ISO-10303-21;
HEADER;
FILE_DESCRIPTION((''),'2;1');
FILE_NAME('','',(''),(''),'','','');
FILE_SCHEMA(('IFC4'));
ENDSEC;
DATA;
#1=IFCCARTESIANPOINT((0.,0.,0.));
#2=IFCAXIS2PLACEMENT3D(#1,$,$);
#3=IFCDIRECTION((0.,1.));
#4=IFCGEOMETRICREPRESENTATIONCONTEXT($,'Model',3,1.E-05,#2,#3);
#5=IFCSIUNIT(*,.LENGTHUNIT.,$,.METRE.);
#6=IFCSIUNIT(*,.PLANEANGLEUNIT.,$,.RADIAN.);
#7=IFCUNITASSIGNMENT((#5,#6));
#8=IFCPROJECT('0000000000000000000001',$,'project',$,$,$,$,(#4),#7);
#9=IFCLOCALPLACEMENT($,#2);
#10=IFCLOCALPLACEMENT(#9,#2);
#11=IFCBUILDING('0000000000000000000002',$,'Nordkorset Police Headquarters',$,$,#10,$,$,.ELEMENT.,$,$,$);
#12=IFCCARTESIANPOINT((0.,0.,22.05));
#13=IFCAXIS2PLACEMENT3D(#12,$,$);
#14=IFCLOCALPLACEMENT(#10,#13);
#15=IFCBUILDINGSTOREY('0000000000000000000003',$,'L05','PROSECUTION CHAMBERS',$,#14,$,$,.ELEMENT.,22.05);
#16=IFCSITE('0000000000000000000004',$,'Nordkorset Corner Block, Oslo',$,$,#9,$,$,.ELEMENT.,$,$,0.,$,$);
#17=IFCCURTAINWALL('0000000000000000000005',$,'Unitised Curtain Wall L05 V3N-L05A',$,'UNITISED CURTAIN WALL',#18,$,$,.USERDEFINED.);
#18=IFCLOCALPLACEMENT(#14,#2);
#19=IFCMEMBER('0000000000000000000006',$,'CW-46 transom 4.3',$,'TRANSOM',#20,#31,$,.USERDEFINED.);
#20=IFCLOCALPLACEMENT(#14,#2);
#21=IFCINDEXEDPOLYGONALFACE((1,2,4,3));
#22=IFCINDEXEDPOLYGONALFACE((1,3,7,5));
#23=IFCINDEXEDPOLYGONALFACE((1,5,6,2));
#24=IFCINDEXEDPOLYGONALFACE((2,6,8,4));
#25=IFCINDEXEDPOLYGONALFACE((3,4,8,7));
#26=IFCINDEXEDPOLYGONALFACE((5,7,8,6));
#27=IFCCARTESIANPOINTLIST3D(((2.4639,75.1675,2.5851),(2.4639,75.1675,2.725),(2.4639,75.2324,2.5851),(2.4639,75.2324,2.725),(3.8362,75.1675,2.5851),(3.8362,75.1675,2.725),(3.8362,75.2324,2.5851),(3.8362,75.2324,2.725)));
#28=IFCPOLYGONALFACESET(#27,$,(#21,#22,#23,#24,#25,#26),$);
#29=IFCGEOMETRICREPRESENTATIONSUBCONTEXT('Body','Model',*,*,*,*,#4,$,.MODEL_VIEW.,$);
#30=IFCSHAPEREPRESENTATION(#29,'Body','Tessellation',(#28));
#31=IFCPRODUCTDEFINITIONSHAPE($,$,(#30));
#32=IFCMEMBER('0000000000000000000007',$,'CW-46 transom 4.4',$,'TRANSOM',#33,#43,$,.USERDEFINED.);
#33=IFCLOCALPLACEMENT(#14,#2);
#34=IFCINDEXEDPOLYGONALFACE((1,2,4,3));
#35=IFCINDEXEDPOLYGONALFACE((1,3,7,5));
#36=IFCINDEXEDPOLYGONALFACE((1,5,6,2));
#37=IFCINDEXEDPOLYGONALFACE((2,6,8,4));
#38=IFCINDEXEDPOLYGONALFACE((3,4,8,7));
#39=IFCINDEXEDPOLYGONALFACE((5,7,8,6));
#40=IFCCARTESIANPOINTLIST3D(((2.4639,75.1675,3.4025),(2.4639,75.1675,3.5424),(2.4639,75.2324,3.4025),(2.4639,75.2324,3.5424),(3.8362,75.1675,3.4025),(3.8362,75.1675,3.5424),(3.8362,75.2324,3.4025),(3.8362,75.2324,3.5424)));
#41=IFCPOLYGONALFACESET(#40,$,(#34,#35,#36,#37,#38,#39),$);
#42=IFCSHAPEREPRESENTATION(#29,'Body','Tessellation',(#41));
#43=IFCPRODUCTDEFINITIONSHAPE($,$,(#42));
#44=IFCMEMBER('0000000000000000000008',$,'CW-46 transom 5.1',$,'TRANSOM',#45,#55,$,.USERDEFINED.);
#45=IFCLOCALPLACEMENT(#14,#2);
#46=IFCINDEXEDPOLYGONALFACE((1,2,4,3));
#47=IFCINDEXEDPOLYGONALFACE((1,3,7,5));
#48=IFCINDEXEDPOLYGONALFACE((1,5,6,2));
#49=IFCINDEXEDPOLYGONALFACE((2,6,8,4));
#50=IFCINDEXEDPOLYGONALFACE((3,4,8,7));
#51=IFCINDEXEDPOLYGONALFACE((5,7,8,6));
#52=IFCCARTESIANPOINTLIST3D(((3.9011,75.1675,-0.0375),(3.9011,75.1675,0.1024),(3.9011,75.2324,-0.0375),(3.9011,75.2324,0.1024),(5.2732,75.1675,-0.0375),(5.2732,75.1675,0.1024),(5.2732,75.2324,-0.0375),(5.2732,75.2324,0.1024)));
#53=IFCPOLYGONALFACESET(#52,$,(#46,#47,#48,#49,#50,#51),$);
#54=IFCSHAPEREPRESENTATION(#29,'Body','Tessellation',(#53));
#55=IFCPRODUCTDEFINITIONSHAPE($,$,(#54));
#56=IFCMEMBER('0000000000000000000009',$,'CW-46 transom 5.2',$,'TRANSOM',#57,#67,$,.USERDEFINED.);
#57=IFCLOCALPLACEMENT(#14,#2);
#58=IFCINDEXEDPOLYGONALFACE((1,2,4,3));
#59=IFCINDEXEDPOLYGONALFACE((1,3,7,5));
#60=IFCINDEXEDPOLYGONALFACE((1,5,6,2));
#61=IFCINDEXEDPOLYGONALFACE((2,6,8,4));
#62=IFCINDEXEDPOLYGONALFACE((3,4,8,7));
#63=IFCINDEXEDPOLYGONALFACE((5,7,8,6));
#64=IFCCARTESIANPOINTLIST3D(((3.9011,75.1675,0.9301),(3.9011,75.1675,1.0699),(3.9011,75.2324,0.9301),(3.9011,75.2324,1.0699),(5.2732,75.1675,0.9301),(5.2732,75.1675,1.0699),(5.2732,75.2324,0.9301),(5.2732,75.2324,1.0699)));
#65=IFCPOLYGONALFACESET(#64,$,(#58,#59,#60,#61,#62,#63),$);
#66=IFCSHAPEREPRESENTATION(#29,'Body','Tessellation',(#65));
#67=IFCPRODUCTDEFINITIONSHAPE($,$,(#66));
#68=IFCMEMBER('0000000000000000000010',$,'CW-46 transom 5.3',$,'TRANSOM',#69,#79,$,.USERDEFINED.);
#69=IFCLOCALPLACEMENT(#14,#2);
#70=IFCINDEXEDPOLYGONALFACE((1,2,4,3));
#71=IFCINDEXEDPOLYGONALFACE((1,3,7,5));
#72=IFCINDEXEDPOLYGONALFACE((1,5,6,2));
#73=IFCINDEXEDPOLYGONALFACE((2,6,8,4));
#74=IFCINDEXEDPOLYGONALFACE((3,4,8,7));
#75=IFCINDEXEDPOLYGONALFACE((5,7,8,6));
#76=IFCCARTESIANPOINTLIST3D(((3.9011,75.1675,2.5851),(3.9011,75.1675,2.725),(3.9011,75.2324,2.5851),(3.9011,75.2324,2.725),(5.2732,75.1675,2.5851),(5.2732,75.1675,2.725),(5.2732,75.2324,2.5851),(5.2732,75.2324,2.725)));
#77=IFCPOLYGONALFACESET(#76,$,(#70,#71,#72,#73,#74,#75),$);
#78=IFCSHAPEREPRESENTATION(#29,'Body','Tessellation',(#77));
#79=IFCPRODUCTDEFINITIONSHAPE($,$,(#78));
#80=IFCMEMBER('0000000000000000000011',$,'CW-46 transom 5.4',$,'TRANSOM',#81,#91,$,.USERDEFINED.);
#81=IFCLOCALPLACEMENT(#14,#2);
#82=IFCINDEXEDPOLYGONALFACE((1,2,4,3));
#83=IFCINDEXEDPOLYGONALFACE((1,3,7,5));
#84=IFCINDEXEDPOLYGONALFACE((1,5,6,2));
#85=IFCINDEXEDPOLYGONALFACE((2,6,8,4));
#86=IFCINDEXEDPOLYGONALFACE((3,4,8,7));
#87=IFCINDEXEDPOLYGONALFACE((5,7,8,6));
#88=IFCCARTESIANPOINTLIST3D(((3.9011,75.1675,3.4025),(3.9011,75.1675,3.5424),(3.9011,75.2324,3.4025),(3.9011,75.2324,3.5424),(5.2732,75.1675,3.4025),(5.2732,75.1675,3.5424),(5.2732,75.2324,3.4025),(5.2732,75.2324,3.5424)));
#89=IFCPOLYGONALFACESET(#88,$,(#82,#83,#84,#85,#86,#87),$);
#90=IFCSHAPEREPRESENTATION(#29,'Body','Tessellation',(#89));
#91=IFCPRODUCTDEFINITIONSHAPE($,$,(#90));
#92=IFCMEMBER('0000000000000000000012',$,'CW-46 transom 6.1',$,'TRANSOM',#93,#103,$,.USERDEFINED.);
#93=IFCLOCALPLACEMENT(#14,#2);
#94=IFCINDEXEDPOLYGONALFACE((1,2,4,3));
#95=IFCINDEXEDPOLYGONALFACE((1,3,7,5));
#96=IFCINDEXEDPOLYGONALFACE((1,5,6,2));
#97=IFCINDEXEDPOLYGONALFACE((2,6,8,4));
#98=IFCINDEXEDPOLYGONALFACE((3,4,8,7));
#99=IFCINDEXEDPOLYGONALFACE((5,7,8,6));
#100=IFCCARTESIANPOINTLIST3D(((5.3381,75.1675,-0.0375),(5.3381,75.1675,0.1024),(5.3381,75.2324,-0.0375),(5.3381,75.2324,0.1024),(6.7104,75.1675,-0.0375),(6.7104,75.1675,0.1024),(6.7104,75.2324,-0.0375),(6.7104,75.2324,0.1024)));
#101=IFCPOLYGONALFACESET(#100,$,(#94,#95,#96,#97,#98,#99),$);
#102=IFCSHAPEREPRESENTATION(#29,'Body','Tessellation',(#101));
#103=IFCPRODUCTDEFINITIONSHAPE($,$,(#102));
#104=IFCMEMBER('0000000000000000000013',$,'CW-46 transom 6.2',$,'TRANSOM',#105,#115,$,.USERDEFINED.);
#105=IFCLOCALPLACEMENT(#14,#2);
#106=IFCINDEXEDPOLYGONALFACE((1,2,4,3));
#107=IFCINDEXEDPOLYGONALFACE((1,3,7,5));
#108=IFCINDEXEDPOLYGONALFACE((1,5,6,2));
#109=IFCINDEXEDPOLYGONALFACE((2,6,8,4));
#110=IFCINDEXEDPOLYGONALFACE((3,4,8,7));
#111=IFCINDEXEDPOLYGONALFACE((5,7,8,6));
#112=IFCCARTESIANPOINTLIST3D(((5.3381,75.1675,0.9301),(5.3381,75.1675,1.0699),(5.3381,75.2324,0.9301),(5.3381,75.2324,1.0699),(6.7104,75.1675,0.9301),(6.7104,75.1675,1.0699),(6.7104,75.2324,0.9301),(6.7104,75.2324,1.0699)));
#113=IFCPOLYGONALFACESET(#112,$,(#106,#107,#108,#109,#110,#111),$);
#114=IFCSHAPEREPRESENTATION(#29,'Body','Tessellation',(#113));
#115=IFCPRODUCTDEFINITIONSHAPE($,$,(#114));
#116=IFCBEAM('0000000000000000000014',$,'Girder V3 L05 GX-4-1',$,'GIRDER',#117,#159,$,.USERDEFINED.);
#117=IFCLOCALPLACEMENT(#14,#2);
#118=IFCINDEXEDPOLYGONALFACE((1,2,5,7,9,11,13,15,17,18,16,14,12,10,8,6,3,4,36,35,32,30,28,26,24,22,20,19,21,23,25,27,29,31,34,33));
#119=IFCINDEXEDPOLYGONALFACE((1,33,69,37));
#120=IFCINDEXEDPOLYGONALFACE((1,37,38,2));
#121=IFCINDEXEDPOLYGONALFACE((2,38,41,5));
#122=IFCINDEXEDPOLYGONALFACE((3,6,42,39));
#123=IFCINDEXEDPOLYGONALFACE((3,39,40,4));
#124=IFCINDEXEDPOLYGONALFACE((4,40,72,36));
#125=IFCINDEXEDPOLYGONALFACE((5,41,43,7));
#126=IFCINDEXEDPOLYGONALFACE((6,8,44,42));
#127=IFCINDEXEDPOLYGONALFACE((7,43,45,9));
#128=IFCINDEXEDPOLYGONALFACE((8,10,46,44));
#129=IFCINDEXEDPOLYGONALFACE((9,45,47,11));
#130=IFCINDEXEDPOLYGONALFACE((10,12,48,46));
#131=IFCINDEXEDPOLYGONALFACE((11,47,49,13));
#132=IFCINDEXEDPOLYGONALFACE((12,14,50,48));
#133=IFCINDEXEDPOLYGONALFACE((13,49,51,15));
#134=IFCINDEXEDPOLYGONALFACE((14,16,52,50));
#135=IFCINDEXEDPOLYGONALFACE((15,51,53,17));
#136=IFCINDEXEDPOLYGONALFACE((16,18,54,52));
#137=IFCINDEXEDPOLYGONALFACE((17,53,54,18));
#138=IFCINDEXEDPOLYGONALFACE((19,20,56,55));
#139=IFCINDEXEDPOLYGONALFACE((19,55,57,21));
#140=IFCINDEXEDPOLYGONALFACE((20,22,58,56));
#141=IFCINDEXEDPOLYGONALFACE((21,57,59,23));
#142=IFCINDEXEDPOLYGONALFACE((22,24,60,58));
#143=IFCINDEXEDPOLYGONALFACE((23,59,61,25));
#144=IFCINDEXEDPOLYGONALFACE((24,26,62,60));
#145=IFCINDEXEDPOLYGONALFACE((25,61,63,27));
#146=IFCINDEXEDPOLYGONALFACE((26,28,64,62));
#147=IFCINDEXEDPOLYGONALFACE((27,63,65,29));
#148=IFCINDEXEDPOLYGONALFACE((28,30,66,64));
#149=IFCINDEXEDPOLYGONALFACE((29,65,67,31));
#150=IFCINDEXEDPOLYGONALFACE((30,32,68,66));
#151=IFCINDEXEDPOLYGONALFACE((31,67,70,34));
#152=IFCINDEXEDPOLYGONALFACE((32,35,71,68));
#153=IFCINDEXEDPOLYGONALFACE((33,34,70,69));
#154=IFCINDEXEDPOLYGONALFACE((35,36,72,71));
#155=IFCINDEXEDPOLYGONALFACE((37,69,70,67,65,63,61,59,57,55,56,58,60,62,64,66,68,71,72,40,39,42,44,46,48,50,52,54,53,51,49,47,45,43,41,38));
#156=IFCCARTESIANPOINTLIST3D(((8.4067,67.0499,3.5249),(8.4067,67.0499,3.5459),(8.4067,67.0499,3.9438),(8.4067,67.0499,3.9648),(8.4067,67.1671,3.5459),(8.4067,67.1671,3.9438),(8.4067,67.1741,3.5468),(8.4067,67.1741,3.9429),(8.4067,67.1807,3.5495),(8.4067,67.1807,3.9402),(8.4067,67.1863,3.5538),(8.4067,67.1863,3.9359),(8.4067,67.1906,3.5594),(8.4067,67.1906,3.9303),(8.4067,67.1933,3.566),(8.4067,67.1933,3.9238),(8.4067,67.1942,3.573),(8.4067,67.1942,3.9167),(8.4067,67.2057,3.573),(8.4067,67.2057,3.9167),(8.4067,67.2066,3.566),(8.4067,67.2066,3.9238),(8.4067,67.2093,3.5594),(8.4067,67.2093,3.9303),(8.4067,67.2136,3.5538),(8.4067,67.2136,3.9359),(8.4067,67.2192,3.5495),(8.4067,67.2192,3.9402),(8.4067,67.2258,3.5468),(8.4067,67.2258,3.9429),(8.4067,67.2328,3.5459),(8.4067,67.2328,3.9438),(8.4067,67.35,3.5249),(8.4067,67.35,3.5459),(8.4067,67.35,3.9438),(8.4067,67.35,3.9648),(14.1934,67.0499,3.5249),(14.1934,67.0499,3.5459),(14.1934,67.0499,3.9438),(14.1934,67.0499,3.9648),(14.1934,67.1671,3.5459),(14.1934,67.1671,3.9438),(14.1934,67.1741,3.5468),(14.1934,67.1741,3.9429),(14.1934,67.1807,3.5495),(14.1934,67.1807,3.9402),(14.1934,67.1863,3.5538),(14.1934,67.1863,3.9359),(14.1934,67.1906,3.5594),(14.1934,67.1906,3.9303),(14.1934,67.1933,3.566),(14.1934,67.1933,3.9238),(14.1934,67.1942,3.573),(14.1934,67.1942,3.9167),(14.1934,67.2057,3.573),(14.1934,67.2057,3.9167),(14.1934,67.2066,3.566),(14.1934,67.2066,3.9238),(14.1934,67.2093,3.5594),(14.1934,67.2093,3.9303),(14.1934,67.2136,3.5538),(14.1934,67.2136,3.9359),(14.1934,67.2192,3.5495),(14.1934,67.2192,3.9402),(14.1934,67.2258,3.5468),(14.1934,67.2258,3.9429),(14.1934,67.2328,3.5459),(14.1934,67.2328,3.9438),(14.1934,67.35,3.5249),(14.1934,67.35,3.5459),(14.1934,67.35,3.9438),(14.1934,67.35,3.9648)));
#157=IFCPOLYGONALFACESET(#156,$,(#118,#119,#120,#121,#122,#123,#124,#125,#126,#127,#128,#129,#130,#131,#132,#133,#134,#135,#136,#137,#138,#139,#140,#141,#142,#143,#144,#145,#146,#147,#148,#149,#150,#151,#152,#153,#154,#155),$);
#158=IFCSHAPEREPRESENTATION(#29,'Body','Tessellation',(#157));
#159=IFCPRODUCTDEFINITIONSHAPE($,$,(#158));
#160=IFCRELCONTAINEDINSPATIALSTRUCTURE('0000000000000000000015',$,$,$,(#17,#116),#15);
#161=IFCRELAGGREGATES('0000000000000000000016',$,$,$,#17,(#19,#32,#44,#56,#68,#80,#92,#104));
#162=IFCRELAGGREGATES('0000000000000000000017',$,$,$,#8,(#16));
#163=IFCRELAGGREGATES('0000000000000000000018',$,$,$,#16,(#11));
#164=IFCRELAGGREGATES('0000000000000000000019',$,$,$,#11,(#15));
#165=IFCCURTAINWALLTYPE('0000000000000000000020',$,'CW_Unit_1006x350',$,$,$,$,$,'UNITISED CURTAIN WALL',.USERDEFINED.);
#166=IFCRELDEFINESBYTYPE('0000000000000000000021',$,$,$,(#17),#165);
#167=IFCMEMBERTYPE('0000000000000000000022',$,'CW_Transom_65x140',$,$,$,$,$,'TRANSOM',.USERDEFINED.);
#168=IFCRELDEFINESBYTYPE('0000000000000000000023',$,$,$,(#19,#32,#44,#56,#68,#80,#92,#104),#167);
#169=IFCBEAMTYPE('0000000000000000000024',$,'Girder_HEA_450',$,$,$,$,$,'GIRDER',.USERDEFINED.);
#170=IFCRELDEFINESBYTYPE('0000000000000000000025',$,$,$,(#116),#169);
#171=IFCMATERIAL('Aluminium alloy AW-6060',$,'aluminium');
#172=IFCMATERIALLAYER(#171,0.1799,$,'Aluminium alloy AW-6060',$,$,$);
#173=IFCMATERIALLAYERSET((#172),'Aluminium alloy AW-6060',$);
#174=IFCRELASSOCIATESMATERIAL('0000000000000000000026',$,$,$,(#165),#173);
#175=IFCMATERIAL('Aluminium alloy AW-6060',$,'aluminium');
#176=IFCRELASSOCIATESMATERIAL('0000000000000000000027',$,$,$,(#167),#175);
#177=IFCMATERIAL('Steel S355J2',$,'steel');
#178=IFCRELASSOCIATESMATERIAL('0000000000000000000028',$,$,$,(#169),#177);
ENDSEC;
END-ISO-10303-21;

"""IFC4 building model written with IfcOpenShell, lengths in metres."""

from ifc_helpers import new_model, si_unit, direction, frame, origin, origin_2d, place, context, subcontext, project, spatial, rectangle, i_section, extrude, material, layer, layer_set, material_profile, profile_set, type_object, element, aggregate, save


model = new_model("IFC4")

# Units and contexts
model_context = context("Model", 3, precision=1e-05, world=origin(), true_north=direction((0.0, 1.0)))
body_context = subcontext(model_context, "Body", "Model", "MODEL_VIEW")
ifc_project = project(units=[si_unit("LENGTHUNIT", "METRE"), si_unit("PLANEANGLEUNIT", "RADIAN")], contexts=[model_context])

# Site, building, storey
site_placement = place(None, origin())
site = spatial("IfcSite", under=ifc_project, at=site_placement, Name="Nordkorset Corner Block, Oslo", CompositionType="ELEMENT", RefElevation=0.0)
building_placement = place(site_placement, origin())
building = spatial("IfcBuilding", under=site, at=building_placement, Name="Nordkorset Police Headquarters", CompositionType="ELEMENT")
storey_placement = place(building_placement, frame((0.0, 0.0, 22.05)))
storey = spatial("IfcBuildingStorey", under=building, at=storey_placement, Name="L05", Description="PROSECUTION CHAMBERS", CompositionType="ELEMENT", Elevation=22.05)

# Curtain wall
ifc_material_1 = material(Name="Aluminium alloy AW-6060", Category="aluminium")
ifc_layer_1 = layer(ifc_material_1, 0.1799, Name="Aluminium alloy AW-6060")
ifc_layer_set_1 = layer_set([ifc_layer_1], Name="Aluminium alloy AW-6060")
curtain_wall_type_1 = type_object("IfcCurtainWallType", Name="CW_Unit_1006x350", ElementType="UNITISED CURTAIN WALL", PredefinedType="USERDEFINED", material=ifc_layer_set_1)
curtain_wall_1_placement = place(storey_placement, origin())
curtain_wall_1 = element("IfcCurtainWall", 1, at=curtain_wall_1_placement, inside=storey, type_object=curtain_wall_type_1, Name="Unitised Curtain Wall L05 V3N-L05A", ObjectType="UNITISED CURTAIN WALL", PredefinedType="USERDEFINED")

# Members
ifc_material_2 = material(Name="Aluminium alloy AW-6060", Category="aluminium")
ifc_material_profile_1 = material_profile(ifc_material_2, rectangle(XDim=0.0649, YDim=0.1399, at=origin_2d()), Name="ALU TRAN 65x140")
ifc_profile_set_1 = profile_set([ifc_material_profile_1], Name="Aluminium alloy AW-6060")
member_type_1 = type_object("IfcMemberType", Name="CW_Transom_65x140", ElementType="TRANSOM", PredefinedType="USERDEFINED", material=ifc_profile_set_1)
member_1_placement = place(storey_placement, frame((2.4639, 75.2, 2.655), z_axis=(1.0, 0.0, 0.0), x_axis=(0.0, 1.0, 0.0)))
member_1 = element("IfcMember", 2, at=member_1_placement, type_object=member_type_1, Name="CW-46 transom 4.3", ObjectType="TRANSOM", PredefinedType="USERDEFINED", context=body_context, shape_type="SweptSolid", body=[
    extrude(rectangle(XDim=0.0649, YDim=0.1399, at=origin_2d()), origin(), (0.0, 0.0, 1.0), 1.3723),
])
member_2_placement = place(storey_placement, frame((2.4639, 75.2, 3.4724), z_axis=(1.0, 0.0, 0.0), x_axis=(0.0, 1.0, 0.0)))
member_2 = element("IfcMember", 3, at=member_2_placement, type_object=member_type_1, Name="CW-46 transom 4.4", ObjectType="TRANSOM", PredefinedType="USERDEFINED", context=body_context, shape_type="SweptSolid", body=[
    extrude(rectangle(XDim=0.0649, YDim=0.1399, at=origin_2d()), origin(), (0.0, 0.0, 1.0), 1.3723),
])
member_3_placement = place(storey_placement, frame((3.9011, 75.2, 0.0325), z_axis=(1.0, 0.0, 0.0), x_axis=(0.0, 1.0, 0.0)))
member_3 = element("IfcMember", 4, at=member_3_placement, type_object=member_type_1, Name="CW-46 transom 5.1", ObjectType="TRANSOM", PredefinedType="USERDEFINED", context=body_context, shape_type="SweptSolid", body=[
    extrude(rectangle(XDim=0.0649, YDim=0.1399, at=origin_2d()), origin(), (0.0, 0.0, 1.0), 1.3721),
])
member_4_placement = place(storey_placement, frame((3.9011, 75.2, 1.0), z_axis=(1.0, 0.0, 0.0), x_axis=(0.0, 1.0, 0.0)))
member_4 = element("IfcMember", 5, at=member_4_placement, type_object=member_type_1, Name="CW-46 transom 5.2", ObjectType="TRANSOM", PredefinedType="USERDEFINED", context=body_context, shape_type="SweptSolid", body=[
    extrude(rectangle(XDim=0.0649, YDim=0.1399, at=origin_2d()), origin(), (0.0, 0.0, 1.0), 1.3721),
])
member_5_placement = place(storey_placement, frame((3.9011, 75.2, 2.655), z_axis=(1.0, 0.0, 0.0), x_axis=(0.0, 1.0, 0.0)))
member_5 = element("IfcMember", 6, at=member_5_placement, type_object=member_type_1, Name="CW-46 transom 5.3", ObjectType="TRANSOM", PredefinedType="USERDEFINED", context=body_context, shape_type="SweptSolid", body=[
    extrude(rectangle(XDim=0.0649, YDim=0.1399, at=origin_2d()), origin(), (0.0, 0.0, 1.0), 1.3721),
])
member_6_placement = place(storey_placement, frame((3.9011, 75.2, 3.4724), z_axis=(1.0, 0.0, 0.0), x_axis=(0.0, 1.0, 0.0)))
member_6 = element("IfcMember", 7, at=member_6_placement, type_object=member_type_1, Name="CW-46 transom 5.4", ObjectType="TRANSOM", PredefinedType="USERDEFINED", context=body_context, shape_type="SweptSolid", body=[
    extrude(rectangle(XDim=0.0649, YDim=0.1399, at=origin_2d()), origin(), (0.0, 0.0, 1.0), 1.3721),
])
member_7_placement = place(storey_placement, frame((5.3381, 75.2, 0.0325), z_axis=(1.0, 0.0, 0.0), x_axis=(0.0, 1.0, 0.0)))
member_7 = element("IfcMember", 8, at=member_7_placement, type_object=member_type_1, Name="CW-46 transom 6.1", ObjectType="TRANSOM", PredefinedType="USERDEFINED", context=body_context, shape_type="SweptSolid", body=[
    extrude(rectangle(XDim=0.0649, YDim=0.1399, at=origin_2d()), origin(), (0.0, 0.0, 1.0), 1.3723),
])
member_8_placement = place(storey_placement, frame((5.3381, 75.2, 1.0), z_axis=(1.0, 0.0, 0.0), x_axis=(0.0, 1.0, 0.0)))
member_8 = element("IfcMember", 9, at=member_8_placement, type_object=member_type_1, Name="CW-46 transom 6.2", ObjectType="TRANSOM", PredefinedType="USERDEFINED", context=body_context, shape_type="SweptSolid", body=[
    extrude(rectangle(XDim=0.0649, YDim=0.1399, at=origin_2d()), origin(), (0.0, 0.0, 1.0), 1.3723),
])

# Beam
ifc_material_3 = material(Name="Steel S355J2", Category="steel")
ifc_material_profile_2 = material_profile(ifc_material_3, i_section(OverallWidth=0.3, OverallDepth=0.4399, WebThickness=0.0115, FlangeThickness=0.021, FilletRadius=0.0271, at=origin_2d()), Name="HEA 450")
ifc_profile_set_2 = profile_set([ifc_material_profile_2], Name="Steel S355J2")
beam_type_1 = type_object("IfcBeamType", Name="Girder_HEA_450", ElementType="GIRDER", PredefinedType="USERDEFINED", material=ifc_profile_set_2)
beam_1_placement = place(storey_placement, frame((8.4067, 67.2, 3.7449), z_axis=(1.0, 0.0, 0.0), x_axis=(0.0, 1.0, 0.0)))
element("IfcBeam", 10, at=beam_1_placement, inside=storey, type_object=beam_type_1, Name="Girder V3 L05 GX-4-1", ObjectType="GIRDER", PredefinedType="USERDEFINED", context=body_context, shape_type="SweptSolid", body=[
    extrude(i_section(OverallWidth=0.3, OverallDepth=0.4399, WebThickness=0.0115, FlangeThickness=0.021, FilletRadius=0.0271, at=origin_2d()), origin(), (0.0, 0.0, 1.0), 5.7866),
])

aggregate(curtain_wall_1, [member_1, member_2, member_3, member_4, member_5, member_6, member_7, member_8])

save(model, "model.ifc")
